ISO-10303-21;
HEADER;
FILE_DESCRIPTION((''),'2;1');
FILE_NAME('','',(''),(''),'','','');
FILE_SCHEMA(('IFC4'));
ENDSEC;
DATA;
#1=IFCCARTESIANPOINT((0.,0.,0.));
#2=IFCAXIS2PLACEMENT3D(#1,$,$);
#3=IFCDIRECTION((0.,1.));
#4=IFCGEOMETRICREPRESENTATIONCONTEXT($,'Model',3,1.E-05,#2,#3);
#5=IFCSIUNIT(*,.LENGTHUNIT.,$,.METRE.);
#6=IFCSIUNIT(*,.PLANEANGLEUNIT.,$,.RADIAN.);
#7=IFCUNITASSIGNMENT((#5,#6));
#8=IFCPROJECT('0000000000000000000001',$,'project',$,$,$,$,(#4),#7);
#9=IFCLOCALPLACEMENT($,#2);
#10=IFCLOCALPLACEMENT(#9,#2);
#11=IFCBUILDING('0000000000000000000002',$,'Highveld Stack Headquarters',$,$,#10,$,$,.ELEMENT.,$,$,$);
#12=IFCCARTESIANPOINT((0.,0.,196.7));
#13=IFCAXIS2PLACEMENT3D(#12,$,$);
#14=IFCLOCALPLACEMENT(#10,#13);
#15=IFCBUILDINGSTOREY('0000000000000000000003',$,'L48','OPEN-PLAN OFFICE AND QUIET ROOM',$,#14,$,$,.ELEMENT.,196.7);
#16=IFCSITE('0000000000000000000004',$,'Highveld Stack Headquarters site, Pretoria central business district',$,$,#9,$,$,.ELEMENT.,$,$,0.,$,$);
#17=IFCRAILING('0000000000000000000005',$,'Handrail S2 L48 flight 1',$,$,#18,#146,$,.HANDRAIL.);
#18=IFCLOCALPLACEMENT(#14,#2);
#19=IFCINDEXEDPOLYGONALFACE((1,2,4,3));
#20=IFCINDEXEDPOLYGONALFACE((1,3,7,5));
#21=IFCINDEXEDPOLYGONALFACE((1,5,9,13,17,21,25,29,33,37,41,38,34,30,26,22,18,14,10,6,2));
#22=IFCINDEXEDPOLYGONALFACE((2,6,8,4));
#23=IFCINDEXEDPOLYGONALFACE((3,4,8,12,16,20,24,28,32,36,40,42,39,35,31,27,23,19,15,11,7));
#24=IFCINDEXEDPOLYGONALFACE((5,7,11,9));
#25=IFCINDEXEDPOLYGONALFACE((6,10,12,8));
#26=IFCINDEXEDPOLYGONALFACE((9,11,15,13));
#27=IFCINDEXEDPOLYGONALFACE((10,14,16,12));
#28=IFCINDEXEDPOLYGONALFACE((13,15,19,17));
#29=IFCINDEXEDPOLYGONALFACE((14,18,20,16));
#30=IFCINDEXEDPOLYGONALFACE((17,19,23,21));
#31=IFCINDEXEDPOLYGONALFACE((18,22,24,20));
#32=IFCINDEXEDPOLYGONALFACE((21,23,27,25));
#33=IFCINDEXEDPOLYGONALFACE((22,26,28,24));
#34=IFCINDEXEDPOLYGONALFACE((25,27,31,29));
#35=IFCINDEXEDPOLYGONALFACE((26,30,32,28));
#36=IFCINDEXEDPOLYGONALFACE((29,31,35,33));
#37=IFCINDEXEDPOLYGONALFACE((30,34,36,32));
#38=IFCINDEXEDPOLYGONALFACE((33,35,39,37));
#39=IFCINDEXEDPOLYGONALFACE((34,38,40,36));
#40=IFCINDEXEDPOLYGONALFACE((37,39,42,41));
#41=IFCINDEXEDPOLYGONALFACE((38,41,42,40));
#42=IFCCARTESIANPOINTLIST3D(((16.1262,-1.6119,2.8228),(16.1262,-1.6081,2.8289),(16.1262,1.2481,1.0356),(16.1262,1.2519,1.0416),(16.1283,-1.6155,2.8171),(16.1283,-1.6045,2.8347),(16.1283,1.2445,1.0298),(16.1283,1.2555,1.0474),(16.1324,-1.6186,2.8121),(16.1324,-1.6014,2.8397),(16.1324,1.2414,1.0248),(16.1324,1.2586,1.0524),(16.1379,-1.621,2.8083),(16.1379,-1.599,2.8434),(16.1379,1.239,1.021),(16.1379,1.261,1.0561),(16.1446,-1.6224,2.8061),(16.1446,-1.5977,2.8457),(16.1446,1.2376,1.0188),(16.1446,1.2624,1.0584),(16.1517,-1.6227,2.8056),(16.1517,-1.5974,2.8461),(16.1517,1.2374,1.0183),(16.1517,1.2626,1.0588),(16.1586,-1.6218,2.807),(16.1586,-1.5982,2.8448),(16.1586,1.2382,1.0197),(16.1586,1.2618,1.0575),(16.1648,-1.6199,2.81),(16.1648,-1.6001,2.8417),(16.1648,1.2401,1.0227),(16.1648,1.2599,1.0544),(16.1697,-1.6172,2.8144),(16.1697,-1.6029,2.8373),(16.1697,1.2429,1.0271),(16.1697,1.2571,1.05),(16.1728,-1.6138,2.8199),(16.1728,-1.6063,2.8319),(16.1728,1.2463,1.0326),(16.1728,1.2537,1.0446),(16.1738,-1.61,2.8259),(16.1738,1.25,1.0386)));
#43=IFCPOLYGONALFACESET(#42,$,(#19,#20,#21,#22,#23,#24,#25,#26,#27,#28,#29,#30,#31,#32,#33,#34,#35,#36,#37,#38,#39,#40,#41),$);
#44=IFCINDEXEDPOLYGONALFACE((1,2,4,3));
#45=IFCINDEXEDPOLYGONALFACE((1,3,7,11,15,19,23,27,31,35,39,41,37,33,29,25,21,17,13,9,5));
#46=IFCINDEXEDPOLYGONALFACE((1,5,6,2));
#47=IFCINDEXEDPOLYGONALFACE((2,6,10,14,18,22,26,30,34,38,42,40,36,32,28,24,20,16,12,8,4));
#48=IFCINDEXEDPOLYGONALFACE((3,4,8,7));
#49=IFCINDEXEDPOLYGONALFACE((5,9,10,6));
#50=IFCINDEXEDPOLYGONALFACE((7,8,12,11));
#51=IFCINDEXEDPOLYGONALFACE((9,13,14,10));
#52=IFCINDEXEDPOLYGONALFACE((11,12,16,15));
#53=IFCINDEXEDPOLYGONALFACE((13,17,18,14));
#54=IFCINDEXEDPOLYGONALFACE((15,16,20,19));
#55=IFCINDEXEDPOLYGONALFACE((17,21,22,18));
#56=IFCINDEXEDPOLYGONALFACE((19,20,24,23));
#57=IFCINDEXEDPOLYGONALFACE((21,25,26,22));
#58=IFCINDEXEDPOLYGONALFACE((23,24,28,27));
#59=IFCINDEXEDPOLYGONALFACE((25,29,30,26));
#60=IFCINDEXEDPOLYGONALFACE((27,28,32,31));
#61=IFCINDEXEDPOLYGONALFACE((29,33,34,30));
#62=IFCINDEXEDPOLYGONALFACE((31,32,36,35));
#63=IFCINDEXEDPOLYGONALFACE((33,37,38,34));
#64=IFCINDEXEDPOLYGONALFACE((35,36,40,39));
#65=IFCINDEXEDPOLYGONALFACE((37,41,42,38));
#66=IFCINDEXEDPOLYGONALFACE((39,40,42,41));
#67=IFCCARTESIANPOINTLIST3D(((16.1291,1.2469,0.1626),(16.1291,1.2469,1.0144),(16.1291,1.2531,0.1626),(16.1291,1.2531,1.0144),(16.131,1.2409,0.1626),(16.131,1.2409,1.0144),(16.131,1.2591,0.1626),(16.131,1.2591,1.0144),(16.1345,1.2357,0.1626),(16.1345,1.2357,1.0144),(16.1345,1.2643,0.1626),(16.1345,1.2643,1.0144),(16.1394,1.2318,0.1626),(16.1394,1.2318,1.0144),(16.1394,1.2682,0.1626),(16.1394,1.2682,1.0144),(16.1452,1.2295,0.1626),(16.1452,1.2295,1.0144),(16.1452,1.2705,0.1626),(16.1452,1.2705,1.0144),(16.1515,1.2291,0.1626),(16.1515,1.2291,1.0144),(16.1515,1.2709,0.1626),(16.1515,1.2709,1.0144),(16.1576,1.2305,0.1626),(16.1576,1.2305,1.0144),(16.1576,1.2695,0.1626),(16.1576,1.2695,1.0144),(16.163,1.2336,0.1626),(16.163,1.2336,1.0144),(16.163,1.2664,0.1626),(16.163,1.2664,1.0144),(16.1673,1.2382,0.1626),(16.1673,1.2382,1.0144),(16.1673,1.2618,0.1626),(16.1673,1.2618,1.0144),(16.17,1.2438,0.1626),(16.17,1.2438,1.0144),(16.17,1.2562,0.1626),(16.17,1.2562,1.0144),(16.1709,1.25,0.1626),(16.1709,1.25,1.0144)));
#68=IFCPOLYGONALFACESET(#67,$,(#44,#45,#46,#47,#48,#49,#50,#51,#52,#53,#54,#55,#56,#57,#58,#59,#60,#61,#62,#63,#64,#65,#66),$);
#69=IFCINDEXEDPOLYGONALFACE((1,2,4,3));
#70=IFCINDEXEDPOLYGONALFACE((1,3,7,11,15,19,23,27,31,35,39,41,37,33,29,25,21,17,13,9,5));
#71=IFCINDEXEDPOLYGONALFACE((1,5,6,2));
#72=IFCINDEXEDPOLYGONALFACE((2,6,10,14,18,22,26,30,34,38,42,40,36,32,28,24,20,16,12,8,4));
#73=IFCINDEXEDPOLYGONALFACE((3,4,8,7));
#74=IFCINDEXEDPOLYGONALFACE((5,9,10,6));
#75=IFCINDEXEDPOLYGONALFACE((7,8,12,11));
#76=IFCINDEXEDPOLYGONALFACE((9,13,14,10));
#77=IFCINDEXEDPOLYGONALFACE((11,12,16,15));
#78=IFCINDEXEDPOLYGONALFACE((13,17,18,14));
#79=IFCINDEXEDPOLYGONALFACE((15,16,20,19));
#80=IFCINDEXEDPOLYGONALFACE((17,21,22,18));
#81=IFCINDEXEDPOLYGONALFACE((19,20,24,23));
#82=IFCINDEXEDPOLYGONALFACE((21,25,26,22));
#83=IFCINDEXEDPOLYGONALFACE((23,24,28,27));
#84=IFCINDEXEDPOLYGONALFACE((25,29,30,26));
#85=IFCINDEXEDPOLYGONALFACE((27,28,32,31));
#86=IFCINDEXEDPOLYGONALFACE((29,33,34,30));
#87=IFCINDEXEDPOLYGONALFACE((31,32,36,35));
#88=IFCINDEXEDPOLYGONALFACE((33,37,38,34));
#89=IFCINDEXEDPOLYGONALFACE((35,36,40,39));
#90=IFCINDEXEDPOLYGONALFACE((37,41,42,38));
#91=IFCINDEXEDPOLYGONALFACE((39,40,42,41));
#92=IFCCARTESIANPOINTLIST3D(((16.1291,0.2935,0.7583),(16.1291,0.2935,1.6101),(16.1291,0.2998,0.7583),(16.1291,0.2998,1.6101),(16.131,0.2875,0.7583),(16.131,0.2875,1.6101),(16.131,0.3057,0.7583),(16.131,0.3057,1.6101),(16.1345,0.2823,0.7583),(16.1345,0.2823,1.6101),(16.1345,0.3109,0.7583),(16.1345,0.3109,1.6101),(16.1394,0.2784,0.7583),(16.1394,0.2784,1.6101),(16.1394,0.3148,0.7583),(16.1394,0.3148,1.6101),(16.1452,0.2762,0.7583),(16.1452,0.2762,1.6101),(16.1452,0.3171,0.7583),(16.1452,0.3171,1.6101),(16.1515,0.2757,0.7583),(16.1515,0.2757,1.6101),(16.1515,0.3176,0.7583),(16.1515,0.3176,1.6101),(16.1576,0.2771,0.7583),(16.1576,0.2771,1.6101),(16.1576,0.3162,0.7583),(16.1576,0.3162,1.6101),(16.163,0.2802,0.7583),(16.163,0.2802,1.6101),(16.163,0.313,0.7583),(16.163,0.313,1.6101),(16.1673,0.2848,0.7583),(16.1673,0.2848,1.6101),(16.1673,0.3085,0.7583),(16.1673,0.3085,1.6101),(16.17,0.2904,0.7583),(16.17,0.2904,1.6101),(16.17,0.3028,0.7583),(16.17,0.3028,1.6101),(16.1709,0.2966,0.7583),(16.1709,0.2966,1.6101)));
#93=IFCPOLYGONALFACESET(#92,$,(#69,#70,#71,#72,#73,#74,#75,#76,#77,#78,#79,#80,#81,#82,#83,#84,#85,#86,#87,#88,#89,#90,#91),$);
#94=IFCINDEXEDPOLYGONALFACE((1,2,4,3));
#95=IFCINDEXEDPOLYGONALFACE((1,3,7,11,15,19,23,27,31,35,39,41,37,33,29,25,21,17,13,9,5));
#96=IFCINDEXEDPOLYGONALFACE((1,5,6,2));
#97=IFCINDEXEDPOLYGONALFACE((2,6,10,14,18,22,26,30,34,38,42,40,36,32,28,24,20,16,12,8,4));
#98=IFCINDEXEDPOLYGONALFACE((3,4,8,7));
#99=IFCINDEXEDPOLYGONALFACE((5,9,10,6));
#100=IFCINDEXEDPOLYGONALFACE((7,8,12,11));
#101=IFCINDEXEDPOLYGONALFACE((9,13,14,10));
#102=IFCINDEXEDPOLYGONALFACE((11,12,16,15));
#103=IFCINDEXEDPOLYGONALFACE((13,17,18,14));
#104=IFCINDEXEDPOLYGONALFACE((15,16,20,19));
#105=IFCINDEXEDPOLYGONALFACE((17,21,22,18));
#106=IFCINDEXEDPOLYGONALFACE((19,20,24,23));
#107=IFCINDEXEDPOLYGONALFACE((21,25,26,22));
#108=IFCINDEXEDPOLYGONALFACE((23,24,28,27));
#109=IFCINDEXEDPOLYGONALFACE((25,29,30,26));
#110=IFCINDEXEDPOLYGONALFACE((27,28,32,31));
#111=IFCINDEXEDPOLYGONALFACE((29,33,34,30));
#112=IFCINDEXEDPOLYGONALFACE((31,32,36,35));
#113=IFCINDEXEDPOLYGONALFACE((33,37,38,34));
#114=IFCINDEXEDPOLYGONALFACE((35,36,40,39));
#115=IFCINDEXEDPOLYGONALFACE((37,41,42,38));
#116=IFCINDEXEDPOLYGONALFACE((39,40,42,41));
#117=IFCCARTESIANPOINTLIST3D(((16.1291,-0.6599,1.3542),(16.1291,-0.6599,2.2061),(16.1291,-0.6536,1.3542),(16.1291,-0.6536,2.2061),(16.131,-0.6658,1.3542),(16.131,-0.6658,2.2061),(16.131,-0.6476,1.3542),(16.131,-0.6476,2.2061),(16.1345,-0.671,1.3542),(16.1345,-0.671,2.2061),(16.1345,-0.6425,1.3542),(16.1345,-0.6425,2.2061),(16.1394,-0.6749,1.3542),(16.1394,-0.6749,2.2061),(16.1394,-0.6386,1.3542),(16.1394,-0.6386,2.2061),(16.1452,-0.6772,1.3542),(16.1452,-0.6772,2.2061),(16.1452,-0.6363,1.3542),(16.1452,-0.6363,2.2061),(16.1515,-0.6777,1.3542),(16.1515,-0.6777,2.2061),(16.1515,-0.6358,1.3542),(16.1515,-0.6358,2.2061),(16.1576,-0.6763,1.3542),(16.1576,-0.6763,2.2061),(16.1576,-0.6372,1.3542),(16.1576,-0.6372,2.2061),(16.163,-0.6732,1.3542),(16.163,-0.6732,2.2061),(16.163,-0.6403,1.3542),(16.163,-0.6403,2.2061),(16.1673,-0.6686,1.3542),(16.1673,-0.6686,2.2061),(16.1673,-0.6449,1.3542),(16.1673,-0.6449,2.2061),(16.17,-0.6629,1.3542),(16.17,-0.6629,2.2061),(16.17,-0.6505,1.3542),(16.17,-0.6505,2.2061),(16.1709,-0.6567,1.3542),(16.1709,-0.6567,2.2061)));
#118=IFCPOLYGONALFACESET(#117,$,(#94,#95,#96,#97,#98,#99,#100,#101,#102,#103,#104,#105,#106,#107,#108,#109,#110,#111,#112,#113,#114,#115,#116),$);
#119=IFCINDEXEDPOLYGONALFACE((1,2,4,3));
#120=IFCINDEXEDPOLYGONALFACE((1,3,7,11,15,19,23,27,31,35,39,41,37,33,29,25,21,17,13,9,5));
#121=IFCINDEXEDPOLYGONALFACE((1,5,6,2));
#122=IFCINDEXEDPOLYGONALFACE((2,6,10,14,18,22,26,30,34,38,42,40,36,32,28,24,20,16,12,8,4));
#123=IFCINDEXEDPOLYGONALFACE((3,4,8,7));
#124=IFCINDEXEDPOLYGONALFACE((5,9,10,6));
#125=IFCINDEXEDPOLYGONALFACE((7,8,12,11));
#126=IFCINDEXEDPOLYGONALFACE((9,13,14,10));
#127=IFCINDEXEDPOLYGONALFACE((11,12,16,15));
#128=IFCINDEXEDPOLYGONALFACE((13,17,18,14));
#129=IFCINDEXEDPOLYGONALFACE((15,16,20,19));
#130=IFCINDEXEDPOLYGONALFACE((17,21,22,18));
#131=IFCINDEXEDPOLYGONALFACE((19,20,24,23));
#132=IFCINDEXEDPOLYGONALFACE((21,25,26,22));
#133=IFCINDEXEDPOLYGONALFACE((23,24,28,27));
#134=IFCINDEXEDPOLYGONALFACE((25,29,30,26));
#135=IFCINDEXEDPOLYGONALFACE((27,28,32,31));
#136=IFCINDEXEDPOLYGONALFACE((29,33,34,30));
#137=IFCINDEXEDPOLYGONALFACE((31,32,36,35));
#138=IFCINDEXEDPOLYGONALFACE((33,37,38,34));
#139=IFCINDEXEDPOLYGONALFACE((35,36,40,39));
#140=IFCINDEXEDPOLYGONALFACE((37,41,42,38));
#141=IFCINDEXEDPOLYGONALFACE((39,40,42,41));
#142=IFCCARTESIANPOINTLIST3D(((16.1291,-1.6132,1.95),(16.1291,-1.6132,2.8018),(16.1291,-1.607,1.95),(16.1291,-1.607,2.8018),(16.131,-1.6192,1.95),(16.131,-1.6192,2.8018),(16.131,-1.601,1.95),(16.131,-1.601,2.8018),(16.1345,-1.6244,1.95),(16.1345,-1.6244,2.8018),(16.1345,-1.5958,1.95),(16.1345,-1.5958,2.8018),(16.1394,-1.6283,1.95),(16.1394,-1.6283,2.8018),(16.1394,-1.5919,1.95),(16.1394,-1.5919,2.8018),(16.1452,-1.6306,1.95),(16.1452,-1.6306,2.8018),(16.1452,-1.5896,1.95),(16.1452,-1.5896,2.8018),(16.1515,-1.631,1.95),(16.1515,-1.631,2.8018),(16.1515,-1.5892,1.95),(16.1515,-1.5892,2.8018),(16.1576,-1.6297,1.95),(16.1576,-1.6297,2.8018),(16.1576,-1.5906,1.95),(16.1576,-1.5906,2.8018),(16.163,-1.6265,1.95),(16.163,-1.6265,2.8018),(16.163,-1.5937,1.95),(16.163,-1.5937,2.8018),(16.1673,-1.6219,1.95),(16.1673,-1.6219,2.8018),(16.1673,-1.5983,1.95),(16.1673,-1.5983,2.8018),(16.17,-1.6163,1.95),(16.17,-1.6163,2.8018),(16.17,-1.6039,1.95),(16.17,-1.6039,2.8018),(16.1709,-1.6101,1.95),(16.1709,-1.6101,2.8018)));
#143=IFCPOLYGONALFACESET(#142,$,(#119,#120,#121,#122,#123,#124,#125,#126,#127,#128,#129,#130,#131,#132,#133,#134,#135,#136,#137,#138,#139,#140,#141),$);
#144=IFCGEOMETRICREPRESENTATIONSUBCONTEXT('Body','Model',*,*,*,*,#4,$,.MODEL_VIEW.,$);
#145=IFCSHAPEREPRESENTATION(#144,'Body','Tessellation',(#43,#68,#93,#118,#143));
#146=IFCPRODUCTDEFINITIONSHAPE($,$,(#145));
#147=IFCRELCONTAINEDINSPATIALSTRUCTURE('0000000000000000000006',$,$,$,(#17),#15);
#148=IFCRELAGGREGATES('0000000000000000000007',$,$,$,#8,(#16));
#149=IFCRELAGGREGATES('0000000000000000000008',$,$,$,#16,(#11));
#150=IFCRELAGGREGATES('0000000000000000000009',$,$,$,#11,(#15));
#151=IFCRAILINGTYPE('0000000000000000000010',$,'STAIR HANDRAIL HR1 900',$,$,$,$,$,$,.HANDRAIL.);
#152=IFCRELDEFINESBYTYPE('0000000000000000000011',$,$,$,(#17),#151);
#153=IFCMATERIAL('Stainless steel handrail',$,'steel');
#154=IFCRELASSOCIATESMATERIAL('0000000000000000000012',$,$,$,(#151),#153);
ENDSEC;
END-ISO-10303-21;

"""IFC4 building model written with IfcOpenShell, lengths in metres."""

from ifc_helpers import new_model, si_unit, direction, frame, origin, origin_2d, place, context, subcontext, project, spatial, circle, extrude, material, type_object, element, save


model = new_model("IFC4")

# Units and contexts
model_context = context("Model", 3, precision=1e-05, world=origin(), true_north=direction((0.0, 1.0)))
body_context = subcontext(model_context, "Body", "Model", "MODEL_VIEW")
ifc_project = project(units=[si_unit("LENGTHUNIT", "METRE"), si_unit("PLANEANGLEUNIT", "RADIAN")], contexts=[model_context])

# Site, building, storey
site_placement = place(None, origin())
site = spatial("IfcSite", under=ifc_project, at=site_placement, Name="Highveld Stack Headquarters site, Pretoria central business district", CompositionType="ELEMENT", RefElevation=0.0)
building_placement = place(site_placement, origin())
building = spatial("IfcBuilding", under=site, at=building_placement, Name="Highveld Stack Headquarters", CompositionType="ELEMENT")
storey_placement = place(building_placement, frame((0.0, 0.0, 196.7)))
storey = spatial("IfcBuildingStorey", under=building, at=storey_placement, Name="L48", Description="OPEN-PLAN OFFICE AND QUIET ROOM", CompositionType="ELEMENT", Elevation=196.7)

# Railing
ifc_material_1 = material(Name="Stainless steel handrail", Category="steel")
railing_type = type_object("IfcRailingType", Name="STAIR HANDRAIL HR1 900", PredefinedType="HANDRAIL", material=ifc_material_1)
for number, where, name in (
    (1, (16.1499, 1.25, 0.1626), "Handrail S2 L48 flight 1"),
):
    element("IfcRailing", number, at=place(storey_placement, frame(where)), inside=storey, type_object=railing_type, Name=name, PredefinedType="HANDRAIL", context=body_context, shape_type="SweptSolid", body=[
        extrude(circle(Radius=0.0239, at=origin_2d()), frame((0.0, 0.0, 0.876), z_axis=(0.0, -0.848027, 0.529953), x_axis=(1.0, 0.0, 0.0)), (0.0, 0.0, 1.0), 3.3726),
        extrude(circle(Radius=0.021, at=origin_2d()), origin(), (0.0, 0.0, 1.0), 0.8518),
        extrude(circle(Radius=0.021, at=origin_2d()), frame((0.0, -0.9534, 0.5957)), (0.0, 0.0, 1.0), 0.8518),
        extrude(circle(Radius=0.021, at=origin_2d()), frame((0.0, -1.9067, 1.1917)), (0.0, 0.0, 1.0), 0.8518),
        extrude(circle(Radius=0.021, at=origin_2d()), frame((0.0, -2.8601, 1.7874)), (0.0, 0.0, 1.0), 0.8518),
    ])

save(model, "model.ifc")
